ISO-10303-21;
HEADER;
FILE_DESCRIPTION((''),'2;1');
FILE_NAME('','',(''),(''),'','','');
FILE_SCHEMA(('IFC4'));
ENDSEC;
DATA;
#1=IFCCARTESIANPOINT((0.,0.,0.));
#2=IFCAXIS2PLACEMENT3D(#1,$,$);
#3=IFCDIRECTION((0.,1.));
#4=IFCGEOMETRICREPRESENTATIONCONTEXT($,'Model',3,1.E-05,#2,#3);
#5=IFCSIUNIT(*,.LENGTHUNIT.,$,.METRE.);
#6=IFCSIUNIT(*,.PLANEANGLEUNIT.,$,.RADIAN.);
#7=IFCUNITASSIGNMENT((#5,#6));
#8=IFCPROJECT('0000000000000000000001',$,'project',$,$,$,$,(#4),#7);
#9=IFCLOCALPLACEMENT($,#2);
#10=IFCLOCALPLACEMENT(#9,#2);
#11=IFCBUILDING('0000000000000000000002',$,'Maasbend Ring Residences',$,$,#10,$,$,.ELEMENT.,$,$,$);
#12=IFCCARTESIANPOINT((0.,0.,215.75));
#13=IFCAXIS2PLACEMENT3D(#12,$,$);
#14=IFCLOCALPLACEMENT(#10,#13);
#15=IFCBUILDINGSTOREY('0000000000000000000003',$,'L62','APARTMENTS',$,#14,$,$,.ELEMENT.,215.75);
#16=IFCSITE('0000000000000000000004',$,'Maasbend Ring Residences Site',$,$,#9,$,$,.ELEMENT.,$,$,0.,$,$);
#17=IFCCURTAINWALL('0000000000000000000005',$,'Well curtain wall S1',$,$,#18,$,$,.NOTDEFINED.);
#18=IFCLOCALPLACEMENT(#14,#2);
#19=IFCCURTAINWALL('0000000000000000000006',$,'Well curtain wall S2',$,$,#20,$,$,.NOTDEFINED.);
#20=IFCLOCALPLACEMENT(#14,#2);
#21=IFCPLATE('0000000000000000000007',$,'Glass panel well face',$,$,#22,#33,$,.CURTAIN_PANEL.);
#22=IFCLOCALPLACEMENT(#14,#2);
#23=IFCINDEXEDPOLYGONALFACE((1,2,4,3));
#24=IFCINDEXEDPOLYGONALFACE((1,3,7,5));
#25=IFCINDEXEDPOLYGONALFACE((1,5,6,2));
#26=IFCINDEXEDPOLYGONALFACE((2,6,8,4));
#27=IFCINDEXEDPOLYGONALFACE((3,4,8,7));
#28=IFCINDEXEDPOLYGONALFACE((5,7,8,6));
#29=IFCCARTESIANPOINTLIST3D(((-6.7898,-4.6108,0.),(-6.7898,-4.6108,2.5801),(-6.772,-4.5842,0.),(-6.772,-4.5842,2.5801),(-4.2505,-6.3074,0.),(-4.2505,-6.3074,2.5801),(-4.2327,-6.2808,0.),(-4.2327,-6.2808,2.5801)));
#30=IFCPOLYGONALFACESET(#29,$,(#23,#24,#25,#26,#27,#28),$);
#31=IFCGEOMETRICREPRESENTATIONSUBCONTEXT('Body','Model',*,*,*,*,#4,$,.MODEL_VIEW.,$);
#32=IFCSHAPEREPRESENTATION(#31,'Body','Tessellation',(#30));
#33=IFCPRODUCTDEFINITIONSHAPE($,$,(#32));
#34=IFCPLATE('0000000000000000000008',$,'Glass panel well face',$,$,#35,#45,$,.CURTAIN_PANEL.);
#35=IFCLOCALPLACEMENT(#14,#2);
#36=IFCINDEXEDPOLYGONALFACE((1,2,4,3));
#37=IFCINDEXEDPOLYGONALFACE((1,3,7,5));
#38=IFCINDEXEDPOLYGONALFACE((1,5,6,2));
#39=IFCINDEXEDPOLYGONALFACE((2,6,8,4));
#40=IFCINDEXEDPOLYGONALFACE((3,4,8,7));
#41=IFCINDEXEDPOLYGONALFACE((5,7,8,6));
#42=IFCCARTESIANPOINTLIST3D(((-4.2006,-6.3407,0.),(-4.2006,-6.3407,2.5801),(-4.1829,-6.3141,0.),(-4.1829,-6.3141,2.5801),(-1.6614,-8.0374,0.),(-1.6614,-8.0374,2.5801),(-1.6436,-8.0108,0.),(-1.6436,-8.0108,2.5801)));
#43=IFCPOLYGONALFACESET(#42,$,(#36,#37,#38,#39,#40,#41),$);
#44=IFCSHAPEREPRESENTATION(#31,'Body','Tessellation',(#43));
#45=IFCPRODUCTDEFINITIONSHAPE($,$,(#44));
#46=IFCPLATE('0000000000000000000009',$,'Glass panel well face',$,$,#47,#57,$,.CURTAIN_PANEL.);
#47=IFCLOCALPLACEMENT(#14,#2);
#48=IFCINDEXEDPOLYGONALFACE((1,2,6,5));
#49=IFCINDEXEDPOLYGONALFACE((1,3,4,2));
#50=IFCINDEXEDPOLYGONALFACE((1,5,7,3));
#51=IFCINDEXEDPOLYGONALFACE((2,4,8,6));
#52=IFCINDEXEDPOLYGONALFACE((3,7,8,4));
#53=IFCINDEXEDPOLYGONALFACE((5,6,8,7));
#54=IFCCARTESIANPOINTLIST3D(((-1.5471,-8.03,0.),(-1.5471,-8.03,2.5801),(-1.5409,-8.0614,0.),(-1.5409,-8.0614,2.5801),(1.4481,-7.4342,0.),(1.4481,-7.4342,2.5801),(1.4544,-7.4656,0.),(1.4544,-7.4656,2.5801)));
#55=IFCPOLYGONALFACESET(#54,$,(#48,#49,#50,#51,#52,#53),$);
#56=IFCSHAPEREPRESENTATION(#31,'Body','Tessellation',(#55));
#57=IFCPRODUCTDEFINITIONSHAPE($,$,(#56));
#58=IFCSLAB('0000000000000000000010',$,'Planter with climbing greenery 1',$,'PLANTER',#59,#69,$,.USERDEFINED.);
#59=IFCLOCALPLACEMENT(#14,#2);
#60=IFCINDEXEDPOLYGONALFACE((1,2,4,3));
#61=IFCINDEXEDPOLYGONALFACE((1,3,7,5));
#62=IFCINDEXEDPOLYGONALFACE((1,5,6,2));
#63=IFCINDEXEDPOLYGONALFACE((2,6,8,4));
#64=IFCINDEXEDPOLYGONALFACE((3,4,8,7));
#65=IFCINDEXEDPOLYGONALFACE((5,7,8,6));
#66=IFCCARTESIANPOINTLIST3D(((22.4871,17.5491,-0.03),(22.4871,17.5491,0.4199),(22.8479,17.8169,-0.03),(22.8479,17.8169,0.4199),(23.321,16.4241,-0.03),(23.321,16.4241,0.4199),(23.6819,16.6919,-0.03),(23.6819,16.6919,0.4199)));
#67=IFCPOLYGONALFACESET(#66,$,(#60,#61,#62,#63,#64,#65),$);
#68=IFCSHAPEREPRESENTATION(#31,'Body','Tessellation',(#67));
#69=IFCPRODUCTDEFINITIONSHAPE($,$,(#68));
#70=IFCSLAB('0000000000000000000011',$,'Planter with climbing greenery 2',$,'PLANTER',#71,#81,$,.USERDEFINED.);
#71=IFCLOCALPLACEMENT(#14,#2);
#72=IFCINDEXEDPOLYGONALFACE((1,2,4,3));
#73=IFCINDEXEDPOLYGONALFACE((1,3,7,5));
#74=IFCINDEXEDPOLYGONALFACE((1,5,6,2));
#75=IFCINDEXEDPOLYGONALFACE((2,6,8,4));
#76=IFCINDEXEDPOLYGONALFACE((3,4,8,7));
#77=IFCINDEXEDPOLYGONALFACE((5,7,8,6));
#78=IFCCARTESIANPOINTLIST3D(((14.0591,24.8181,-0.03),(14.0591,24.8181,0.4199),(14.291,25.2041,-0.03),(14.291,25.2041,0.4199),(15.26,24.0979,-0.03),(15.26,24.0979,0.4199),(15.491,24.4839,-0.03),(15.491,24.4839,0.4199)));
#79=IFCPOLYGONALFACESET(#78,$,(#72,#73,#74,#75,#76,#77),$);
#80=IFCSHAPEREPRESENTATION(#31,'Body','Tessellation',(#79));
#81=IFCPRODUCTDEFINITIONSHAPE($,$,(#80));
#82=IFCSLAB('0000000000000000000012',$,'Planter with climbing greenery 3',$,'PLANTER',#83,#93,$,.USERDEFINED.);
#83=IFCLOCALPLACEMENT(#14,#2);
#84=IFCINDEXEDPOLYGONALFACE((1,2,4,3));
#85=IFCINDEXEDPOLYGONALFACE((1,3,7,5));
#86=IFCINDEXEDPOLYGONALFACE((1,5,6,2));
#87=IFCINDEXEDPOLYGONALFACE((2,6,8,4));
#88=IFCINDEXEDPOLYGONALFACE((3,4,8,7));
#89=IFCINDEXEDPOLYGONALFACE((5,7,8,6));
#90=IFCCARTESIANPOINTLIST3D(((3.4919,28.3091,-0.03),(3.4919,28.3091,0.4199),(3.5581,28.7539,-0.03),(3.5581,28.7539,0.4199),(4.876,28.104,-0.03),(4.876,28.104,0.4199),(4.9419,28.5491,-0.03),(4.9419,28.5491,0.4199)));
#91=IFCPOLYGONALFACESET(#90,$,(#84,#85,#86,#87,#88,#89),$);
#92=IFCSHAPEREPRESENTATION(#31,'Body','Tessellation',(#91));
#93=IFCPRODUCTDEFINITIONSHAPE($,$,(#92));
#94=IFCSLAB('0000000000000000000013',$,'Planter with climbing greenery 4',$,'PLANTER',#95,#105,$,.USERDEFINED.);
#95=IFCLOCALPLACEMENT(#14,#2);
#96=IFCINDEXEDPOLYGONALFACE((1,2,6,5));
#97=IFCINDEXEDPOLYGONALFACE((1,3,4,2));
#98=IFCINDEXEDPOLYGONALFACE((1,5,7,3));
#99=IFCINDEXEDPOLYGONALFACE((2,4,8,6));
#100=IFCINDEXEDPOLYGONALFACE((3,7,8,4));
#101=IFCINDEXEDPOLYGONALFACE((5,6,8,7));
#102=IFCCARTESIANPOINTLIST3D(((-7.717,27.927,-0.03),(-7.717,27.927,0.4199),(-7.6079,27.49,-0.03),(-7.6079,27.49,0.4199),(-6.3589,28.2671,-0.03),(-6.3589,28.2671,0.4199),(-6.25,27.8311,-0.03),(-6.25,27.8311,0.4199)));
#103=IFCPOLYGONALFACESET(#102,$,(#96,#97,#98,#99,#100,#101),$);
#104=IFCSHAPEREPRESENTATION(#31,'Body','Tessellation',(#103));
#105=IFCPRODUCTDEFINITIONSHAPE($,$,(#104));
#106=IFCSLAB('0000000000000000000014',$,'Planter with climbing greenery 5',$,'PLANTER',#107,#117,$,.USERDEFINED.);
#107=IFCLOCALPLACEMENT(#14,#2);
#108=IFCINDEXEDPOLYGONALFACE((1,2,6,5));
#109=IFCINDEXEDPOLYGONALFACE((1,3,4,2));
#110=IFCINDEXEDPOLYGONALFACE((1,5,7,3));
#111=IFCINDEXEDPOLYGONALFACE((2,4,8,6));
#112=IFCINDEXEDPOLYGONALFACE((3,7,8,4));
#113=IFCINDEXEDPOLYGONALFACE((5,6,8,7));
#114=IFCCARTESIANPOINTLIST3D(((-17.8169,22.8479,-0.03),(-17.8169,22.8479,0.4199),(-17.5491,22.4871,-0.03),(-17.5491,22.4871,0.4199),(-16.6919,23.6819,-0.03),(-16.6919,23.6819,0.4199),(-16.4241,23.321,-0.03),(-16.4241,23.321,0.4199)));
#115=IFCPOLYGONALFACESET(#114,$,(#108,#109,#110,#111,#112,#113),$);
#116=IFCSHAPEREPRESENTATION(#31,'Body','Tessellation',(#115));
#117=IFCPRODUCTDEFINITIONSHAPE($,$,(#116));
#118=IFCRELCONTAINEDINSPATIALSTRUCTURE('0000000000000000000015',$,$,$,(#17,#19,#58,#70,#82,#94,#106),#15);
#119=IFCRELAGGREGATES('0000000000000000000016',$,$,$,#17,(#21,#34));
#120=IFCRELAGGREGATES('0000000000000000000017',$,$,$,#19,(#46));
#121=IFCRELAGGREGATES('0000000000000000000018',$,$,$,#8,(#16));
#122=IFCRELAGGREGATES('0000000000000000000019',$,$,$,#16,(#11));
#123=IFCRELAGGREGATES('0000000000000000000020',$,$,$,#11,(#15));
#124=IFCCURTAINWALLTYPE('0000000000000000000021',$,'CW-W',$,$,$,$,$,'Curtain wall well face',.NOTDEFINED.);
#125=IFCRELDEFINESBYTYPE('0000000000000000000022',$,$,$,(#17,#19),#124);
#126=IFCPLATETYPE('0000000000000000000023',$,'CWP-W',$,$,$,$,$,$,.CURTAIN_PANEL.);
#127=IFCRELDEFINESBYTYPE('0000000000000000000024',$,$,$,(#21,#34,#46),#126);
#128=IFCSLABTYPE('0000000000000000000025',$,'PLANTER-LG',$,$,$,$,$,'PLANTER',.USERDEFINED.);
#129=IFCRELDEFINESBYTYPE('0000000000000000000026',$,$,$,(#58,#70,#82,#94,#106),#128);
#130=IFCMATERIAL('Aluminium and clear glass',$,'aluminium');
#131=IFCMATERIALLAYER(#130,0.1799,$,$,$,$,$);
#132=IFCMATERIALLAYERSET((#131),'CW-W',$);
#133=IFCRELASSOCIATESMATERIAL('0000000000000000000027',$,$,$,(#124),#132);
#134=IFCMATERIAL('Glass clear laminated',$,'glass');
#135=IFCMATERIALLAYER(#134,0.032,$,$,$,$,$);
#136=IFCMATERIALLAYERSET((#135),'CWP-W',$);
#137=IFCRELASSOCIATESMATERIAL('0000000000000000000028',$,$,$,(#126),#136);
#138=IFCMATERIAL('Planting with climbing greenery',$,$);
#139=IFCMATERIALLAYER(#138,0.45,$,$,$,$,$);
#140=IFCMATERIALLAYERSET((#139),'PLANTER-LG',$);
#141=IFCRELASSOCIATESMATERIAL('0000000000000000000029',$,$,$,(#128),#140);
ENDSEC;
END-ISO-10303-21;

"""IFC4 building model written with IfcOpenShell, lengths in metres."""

from ifc_helpers import new_model, si_unit, direction, frame, origin, origin_2d, place, context, subcontext, project, spatial, polyline, rectangle, outline, extrude, material, layer, layer_set, type_object, element, aggregate, save


model = new_model("IFC4")

# Units and contexts
model_context = context("Model", 3, precision=1e-05, world=origin(), true_north=direction((0.0, 1.0)))
body_context = subcontext(model_context, "Body", "Model", "MODEL_VIEW")
ifc_project = project(units=[si_unit("LENGTHUNIT", "METRE"), si_unit("PLANEANGLEUNIT", "RADIAN")], contexts=[model_context])

# Site, building, storey
site_placement = place(None, origin())
site = spatial("IfcSite", under=ifc_project, at=site_placement, Name="Maasbend Ring Residences Site", CompositionType="ELEMENT", RefElevation=0.0)
building_placement = place(site_placement, origin())
building = spatial("IfcBuilding", under=site, at=building_placement, Name="Maasbend Ring Residences", CompositionType="ELEMENT")
storey_placement = place(building_placement, frame((0.0, 0.0, 215.75)))
storey = spatial("IfcBuildingStorey", under=building, at=storey_placement, Name="L62", Description="APARTMENTS", CompositionType="ELEMENT", Elevation=215.75)

# Curtain wall
ifc_material_1 = material(Name="Aluminium and clear glass", Category="aluminium")
ifc_layer_1 = layer(ifc_material_1, 0.1799)
ifc_layer_set_1 = layer_set([ifc_layer_1], Name="CW-W")
curtain_wall_type = type_object("IfcCurtainWallType", Name="CW-W", ElementType="Curtain wall well face", PredefinedType="NOTDEFINED", material=ifc_layer_set_1)
curtain_wall_1_placement = place(storey_placement, origin())
curtain_wall_1 = element("IfcCurtainWall", 1, at=curtain_wall_1_placement, inside=storey, type_object=curtain_wall_type, Name="Well curtain wall S1", PredefinedType="NOTDEFINED")

# Curtain wall
curtain_wall_2_placement = place(storey_placement, origin())
curtain_wall_2 = element("IfcCurtainWall", 2, at=curtain_wall_2_placement, inside=storey, type_object=curtain_wall_type, Name="Well curtain wall S2", PredefinedType="NOTDEFINED")

# Plates
ifc_material_2 = material(Name="Glass clear laminated", Category="glass")
ifc_layer_2 = layer(ifc_material_2, 0.032)
ifc_layer_set_2 = layer_set([ifc_layer_2], Name="CWP-W")
plate_type = type_object("IfcPlateType", Name="CWP-W", PredefinedType="CURTAIN_PANEL", material=ifc_layer_set_2)
plate_1_placement = place(storey_placement, frame((-5.5112, -5.4458, 0.0), z_axis=(0.0, 0.0, 1.0), x_axis=(0.83147, -0.55557, 0.0)))
plate_1 = element("IfcPlate", 3, at=plate_1_placement, type_object=plate_type, Name="Glass panel well face", PredefinedType="CURTAIN_PANEL", context=body_context, shape_type="SweptSolid", body=[
    extrude(rectangle(XDim=3.054, YDim=0.032, at=origin_2d()), origin(), (0.0, 0.0, 1.0), 2.5801),
])
plate_2_placement = place(storey_placement, frame((-2.9221, -7.1758, 0.0), z_axis=(0.0, 0.0, 1.0), x_axis=(0.83147, -0.55557, 0.0)))
plate_2 = element("IfcPlate", 4, at=plate_2_placement, type_object=plate_type, Name="Glass panel well face", PredefinedType="CURTAIN_PANEL", context=body_context, shape_type="SweptSolid", body=[
    extrude(rectangle(XDim=3.054, YDim=0.032, at=origin_2d()), origin(), (0.0, 0.0, 1.0), 2.5801),
])
aggregate(curtain_wall_1, [plate_1, plate_2])
plate_3_placement = place(storey_placement, frame((-0.0464, -7.7478, 0.0), z_axis=(0.0, 0.0, 1.0), x_axis=(0.980785, 0.19509, 0.0)))
plate_3 = element("IfcPlate", 5, at=plate_3_placement, type_object=plate_type, Name="Glass panel well face", PredefinedType="CURTAIN_PANEL", context=body_context, shape_type="SweptSolid", body=[
    extrude(rectangle(XDim=3.054, YDim=0.032, at=origin_2d()), origin(), (0.0, 0.0, 1.0), 2.5801),
])
aggregate(curtain_wall_2, [plate_3])

# Slabs
ifc_material_3 = material(Name="Planting with climbing greenery")
ifc_layer_3 = layer(ifc_material_3, 0.45)
ifc_layer_set_3 = layer_set([ifc_layer_3], Name="PLANTER-LG")
slab_type_1 = type_object("IfcSlabType", Name="PLANTER-LG", ElementType="PLANTER", PredefinedType="USERDEFINED", material=ifc_layer_set_3)
slab_1_placement = place(storey_placement, frame((0.0, 0.0, -0.03)))
element("IfcSlab", 6, at=slab_1_placement, inside=storey, type_object=slab_type_1, Name="Planter with climbing greenery 1", ObjectType="PLANTER", PredefinedType="USERDEFINED", context=body_context, shape_type="SweptSolid", body=[
    extrude(outline(polyline([(23.6819, 16.6919), (22.8479, 17.8169), (22.4871, 17.5491), (23.321, 16.4241), (23.6819, 16.6919)])), origin(), (0.0, 0.0, 1.0), 0.45),
])
slab_2_placement = place(storey_placement, frame((0.0, 0.0, -0.03)))
element("IfcSlab", 7, at=slab_2_placement, inside=storey, type_object=slab_type_1, Name="Planter with climbing greenery 2", ObjectType="PLANTER", PredefinedType="USERDEFINED", context=body_context, shape_type="SweptSolid", body=[
    extrude(outline(polyline([(15.491, 24.4839), (14.291, 25.2041), (14.0591, 24.8181), (15.26, 24.0979), (15.491, 24.4839)])), origin(), (0.0, 0.0, 1.0), 0.45),
])
slab_3_placement = place(storey_placement, frame((0.0, 0.0, -0.03)))
element("IfcSlab", 8, at=slab_3_placement, inside=storey, type_object=slab_type_1, Name="Planter with climbing greenery 3", ObjectType="PLANTER", PredefinedType="USERDEFINED", context=body_context, shape_type="SweptSolid", body=[
    extrude(outline(polyline([(4.9419, 28.5491), (3.5581, 28.7539), (3.4919, 28.3091), (4.876, 28.104), (4.9419, 28.5491)])), origin(), (0.0, 0.0, 1.0), 0.45),
])
slab_4_placement = place(storey_placement, frame((0.0, 0.0, -0.03)))
element("IfcSlab", 9, at=slab_4_placement, inside=storey, type_object=slab_type_1, Name="Planter with climbing greenery 4", ObjectType="PLANTER", PredefinedType="USERDEFINED", context=body_context, shape_type="SweptSolid", body=[
    extrude(outline(polyline([(-6.3589, 28.2671), (-7.717, 27.927), (-7.6079, 27.49), (-6.25, 27.8311), (-6.3589, 28.2671)])), origin(), (0.0, 0.0, 1.0), 0.45),
])
slab_5_placement = place(storey_placement, frame((0.0, 0.0, -0.03)))
element("IfcSlab", 10, at=slab_5_placement, inside=storey, type_object=slab_type_1, Name="Planter with climbing greenery 5", ObjectType="PLANTER", PredefinedType="USERDEFINED", context=body_context, shape_type="SweptSolid", body=[
    extrude(outline(polyline([(-16.6919, 23.6819), (-17.8169, 22.8479), (-17.5491, 22.4871), (-16.4241, 23.321), (-16.6919, 23.6819)])), origin(), (0.0, 0.0, 1.0), 0.45),
])

save(model, "model.ifc")
